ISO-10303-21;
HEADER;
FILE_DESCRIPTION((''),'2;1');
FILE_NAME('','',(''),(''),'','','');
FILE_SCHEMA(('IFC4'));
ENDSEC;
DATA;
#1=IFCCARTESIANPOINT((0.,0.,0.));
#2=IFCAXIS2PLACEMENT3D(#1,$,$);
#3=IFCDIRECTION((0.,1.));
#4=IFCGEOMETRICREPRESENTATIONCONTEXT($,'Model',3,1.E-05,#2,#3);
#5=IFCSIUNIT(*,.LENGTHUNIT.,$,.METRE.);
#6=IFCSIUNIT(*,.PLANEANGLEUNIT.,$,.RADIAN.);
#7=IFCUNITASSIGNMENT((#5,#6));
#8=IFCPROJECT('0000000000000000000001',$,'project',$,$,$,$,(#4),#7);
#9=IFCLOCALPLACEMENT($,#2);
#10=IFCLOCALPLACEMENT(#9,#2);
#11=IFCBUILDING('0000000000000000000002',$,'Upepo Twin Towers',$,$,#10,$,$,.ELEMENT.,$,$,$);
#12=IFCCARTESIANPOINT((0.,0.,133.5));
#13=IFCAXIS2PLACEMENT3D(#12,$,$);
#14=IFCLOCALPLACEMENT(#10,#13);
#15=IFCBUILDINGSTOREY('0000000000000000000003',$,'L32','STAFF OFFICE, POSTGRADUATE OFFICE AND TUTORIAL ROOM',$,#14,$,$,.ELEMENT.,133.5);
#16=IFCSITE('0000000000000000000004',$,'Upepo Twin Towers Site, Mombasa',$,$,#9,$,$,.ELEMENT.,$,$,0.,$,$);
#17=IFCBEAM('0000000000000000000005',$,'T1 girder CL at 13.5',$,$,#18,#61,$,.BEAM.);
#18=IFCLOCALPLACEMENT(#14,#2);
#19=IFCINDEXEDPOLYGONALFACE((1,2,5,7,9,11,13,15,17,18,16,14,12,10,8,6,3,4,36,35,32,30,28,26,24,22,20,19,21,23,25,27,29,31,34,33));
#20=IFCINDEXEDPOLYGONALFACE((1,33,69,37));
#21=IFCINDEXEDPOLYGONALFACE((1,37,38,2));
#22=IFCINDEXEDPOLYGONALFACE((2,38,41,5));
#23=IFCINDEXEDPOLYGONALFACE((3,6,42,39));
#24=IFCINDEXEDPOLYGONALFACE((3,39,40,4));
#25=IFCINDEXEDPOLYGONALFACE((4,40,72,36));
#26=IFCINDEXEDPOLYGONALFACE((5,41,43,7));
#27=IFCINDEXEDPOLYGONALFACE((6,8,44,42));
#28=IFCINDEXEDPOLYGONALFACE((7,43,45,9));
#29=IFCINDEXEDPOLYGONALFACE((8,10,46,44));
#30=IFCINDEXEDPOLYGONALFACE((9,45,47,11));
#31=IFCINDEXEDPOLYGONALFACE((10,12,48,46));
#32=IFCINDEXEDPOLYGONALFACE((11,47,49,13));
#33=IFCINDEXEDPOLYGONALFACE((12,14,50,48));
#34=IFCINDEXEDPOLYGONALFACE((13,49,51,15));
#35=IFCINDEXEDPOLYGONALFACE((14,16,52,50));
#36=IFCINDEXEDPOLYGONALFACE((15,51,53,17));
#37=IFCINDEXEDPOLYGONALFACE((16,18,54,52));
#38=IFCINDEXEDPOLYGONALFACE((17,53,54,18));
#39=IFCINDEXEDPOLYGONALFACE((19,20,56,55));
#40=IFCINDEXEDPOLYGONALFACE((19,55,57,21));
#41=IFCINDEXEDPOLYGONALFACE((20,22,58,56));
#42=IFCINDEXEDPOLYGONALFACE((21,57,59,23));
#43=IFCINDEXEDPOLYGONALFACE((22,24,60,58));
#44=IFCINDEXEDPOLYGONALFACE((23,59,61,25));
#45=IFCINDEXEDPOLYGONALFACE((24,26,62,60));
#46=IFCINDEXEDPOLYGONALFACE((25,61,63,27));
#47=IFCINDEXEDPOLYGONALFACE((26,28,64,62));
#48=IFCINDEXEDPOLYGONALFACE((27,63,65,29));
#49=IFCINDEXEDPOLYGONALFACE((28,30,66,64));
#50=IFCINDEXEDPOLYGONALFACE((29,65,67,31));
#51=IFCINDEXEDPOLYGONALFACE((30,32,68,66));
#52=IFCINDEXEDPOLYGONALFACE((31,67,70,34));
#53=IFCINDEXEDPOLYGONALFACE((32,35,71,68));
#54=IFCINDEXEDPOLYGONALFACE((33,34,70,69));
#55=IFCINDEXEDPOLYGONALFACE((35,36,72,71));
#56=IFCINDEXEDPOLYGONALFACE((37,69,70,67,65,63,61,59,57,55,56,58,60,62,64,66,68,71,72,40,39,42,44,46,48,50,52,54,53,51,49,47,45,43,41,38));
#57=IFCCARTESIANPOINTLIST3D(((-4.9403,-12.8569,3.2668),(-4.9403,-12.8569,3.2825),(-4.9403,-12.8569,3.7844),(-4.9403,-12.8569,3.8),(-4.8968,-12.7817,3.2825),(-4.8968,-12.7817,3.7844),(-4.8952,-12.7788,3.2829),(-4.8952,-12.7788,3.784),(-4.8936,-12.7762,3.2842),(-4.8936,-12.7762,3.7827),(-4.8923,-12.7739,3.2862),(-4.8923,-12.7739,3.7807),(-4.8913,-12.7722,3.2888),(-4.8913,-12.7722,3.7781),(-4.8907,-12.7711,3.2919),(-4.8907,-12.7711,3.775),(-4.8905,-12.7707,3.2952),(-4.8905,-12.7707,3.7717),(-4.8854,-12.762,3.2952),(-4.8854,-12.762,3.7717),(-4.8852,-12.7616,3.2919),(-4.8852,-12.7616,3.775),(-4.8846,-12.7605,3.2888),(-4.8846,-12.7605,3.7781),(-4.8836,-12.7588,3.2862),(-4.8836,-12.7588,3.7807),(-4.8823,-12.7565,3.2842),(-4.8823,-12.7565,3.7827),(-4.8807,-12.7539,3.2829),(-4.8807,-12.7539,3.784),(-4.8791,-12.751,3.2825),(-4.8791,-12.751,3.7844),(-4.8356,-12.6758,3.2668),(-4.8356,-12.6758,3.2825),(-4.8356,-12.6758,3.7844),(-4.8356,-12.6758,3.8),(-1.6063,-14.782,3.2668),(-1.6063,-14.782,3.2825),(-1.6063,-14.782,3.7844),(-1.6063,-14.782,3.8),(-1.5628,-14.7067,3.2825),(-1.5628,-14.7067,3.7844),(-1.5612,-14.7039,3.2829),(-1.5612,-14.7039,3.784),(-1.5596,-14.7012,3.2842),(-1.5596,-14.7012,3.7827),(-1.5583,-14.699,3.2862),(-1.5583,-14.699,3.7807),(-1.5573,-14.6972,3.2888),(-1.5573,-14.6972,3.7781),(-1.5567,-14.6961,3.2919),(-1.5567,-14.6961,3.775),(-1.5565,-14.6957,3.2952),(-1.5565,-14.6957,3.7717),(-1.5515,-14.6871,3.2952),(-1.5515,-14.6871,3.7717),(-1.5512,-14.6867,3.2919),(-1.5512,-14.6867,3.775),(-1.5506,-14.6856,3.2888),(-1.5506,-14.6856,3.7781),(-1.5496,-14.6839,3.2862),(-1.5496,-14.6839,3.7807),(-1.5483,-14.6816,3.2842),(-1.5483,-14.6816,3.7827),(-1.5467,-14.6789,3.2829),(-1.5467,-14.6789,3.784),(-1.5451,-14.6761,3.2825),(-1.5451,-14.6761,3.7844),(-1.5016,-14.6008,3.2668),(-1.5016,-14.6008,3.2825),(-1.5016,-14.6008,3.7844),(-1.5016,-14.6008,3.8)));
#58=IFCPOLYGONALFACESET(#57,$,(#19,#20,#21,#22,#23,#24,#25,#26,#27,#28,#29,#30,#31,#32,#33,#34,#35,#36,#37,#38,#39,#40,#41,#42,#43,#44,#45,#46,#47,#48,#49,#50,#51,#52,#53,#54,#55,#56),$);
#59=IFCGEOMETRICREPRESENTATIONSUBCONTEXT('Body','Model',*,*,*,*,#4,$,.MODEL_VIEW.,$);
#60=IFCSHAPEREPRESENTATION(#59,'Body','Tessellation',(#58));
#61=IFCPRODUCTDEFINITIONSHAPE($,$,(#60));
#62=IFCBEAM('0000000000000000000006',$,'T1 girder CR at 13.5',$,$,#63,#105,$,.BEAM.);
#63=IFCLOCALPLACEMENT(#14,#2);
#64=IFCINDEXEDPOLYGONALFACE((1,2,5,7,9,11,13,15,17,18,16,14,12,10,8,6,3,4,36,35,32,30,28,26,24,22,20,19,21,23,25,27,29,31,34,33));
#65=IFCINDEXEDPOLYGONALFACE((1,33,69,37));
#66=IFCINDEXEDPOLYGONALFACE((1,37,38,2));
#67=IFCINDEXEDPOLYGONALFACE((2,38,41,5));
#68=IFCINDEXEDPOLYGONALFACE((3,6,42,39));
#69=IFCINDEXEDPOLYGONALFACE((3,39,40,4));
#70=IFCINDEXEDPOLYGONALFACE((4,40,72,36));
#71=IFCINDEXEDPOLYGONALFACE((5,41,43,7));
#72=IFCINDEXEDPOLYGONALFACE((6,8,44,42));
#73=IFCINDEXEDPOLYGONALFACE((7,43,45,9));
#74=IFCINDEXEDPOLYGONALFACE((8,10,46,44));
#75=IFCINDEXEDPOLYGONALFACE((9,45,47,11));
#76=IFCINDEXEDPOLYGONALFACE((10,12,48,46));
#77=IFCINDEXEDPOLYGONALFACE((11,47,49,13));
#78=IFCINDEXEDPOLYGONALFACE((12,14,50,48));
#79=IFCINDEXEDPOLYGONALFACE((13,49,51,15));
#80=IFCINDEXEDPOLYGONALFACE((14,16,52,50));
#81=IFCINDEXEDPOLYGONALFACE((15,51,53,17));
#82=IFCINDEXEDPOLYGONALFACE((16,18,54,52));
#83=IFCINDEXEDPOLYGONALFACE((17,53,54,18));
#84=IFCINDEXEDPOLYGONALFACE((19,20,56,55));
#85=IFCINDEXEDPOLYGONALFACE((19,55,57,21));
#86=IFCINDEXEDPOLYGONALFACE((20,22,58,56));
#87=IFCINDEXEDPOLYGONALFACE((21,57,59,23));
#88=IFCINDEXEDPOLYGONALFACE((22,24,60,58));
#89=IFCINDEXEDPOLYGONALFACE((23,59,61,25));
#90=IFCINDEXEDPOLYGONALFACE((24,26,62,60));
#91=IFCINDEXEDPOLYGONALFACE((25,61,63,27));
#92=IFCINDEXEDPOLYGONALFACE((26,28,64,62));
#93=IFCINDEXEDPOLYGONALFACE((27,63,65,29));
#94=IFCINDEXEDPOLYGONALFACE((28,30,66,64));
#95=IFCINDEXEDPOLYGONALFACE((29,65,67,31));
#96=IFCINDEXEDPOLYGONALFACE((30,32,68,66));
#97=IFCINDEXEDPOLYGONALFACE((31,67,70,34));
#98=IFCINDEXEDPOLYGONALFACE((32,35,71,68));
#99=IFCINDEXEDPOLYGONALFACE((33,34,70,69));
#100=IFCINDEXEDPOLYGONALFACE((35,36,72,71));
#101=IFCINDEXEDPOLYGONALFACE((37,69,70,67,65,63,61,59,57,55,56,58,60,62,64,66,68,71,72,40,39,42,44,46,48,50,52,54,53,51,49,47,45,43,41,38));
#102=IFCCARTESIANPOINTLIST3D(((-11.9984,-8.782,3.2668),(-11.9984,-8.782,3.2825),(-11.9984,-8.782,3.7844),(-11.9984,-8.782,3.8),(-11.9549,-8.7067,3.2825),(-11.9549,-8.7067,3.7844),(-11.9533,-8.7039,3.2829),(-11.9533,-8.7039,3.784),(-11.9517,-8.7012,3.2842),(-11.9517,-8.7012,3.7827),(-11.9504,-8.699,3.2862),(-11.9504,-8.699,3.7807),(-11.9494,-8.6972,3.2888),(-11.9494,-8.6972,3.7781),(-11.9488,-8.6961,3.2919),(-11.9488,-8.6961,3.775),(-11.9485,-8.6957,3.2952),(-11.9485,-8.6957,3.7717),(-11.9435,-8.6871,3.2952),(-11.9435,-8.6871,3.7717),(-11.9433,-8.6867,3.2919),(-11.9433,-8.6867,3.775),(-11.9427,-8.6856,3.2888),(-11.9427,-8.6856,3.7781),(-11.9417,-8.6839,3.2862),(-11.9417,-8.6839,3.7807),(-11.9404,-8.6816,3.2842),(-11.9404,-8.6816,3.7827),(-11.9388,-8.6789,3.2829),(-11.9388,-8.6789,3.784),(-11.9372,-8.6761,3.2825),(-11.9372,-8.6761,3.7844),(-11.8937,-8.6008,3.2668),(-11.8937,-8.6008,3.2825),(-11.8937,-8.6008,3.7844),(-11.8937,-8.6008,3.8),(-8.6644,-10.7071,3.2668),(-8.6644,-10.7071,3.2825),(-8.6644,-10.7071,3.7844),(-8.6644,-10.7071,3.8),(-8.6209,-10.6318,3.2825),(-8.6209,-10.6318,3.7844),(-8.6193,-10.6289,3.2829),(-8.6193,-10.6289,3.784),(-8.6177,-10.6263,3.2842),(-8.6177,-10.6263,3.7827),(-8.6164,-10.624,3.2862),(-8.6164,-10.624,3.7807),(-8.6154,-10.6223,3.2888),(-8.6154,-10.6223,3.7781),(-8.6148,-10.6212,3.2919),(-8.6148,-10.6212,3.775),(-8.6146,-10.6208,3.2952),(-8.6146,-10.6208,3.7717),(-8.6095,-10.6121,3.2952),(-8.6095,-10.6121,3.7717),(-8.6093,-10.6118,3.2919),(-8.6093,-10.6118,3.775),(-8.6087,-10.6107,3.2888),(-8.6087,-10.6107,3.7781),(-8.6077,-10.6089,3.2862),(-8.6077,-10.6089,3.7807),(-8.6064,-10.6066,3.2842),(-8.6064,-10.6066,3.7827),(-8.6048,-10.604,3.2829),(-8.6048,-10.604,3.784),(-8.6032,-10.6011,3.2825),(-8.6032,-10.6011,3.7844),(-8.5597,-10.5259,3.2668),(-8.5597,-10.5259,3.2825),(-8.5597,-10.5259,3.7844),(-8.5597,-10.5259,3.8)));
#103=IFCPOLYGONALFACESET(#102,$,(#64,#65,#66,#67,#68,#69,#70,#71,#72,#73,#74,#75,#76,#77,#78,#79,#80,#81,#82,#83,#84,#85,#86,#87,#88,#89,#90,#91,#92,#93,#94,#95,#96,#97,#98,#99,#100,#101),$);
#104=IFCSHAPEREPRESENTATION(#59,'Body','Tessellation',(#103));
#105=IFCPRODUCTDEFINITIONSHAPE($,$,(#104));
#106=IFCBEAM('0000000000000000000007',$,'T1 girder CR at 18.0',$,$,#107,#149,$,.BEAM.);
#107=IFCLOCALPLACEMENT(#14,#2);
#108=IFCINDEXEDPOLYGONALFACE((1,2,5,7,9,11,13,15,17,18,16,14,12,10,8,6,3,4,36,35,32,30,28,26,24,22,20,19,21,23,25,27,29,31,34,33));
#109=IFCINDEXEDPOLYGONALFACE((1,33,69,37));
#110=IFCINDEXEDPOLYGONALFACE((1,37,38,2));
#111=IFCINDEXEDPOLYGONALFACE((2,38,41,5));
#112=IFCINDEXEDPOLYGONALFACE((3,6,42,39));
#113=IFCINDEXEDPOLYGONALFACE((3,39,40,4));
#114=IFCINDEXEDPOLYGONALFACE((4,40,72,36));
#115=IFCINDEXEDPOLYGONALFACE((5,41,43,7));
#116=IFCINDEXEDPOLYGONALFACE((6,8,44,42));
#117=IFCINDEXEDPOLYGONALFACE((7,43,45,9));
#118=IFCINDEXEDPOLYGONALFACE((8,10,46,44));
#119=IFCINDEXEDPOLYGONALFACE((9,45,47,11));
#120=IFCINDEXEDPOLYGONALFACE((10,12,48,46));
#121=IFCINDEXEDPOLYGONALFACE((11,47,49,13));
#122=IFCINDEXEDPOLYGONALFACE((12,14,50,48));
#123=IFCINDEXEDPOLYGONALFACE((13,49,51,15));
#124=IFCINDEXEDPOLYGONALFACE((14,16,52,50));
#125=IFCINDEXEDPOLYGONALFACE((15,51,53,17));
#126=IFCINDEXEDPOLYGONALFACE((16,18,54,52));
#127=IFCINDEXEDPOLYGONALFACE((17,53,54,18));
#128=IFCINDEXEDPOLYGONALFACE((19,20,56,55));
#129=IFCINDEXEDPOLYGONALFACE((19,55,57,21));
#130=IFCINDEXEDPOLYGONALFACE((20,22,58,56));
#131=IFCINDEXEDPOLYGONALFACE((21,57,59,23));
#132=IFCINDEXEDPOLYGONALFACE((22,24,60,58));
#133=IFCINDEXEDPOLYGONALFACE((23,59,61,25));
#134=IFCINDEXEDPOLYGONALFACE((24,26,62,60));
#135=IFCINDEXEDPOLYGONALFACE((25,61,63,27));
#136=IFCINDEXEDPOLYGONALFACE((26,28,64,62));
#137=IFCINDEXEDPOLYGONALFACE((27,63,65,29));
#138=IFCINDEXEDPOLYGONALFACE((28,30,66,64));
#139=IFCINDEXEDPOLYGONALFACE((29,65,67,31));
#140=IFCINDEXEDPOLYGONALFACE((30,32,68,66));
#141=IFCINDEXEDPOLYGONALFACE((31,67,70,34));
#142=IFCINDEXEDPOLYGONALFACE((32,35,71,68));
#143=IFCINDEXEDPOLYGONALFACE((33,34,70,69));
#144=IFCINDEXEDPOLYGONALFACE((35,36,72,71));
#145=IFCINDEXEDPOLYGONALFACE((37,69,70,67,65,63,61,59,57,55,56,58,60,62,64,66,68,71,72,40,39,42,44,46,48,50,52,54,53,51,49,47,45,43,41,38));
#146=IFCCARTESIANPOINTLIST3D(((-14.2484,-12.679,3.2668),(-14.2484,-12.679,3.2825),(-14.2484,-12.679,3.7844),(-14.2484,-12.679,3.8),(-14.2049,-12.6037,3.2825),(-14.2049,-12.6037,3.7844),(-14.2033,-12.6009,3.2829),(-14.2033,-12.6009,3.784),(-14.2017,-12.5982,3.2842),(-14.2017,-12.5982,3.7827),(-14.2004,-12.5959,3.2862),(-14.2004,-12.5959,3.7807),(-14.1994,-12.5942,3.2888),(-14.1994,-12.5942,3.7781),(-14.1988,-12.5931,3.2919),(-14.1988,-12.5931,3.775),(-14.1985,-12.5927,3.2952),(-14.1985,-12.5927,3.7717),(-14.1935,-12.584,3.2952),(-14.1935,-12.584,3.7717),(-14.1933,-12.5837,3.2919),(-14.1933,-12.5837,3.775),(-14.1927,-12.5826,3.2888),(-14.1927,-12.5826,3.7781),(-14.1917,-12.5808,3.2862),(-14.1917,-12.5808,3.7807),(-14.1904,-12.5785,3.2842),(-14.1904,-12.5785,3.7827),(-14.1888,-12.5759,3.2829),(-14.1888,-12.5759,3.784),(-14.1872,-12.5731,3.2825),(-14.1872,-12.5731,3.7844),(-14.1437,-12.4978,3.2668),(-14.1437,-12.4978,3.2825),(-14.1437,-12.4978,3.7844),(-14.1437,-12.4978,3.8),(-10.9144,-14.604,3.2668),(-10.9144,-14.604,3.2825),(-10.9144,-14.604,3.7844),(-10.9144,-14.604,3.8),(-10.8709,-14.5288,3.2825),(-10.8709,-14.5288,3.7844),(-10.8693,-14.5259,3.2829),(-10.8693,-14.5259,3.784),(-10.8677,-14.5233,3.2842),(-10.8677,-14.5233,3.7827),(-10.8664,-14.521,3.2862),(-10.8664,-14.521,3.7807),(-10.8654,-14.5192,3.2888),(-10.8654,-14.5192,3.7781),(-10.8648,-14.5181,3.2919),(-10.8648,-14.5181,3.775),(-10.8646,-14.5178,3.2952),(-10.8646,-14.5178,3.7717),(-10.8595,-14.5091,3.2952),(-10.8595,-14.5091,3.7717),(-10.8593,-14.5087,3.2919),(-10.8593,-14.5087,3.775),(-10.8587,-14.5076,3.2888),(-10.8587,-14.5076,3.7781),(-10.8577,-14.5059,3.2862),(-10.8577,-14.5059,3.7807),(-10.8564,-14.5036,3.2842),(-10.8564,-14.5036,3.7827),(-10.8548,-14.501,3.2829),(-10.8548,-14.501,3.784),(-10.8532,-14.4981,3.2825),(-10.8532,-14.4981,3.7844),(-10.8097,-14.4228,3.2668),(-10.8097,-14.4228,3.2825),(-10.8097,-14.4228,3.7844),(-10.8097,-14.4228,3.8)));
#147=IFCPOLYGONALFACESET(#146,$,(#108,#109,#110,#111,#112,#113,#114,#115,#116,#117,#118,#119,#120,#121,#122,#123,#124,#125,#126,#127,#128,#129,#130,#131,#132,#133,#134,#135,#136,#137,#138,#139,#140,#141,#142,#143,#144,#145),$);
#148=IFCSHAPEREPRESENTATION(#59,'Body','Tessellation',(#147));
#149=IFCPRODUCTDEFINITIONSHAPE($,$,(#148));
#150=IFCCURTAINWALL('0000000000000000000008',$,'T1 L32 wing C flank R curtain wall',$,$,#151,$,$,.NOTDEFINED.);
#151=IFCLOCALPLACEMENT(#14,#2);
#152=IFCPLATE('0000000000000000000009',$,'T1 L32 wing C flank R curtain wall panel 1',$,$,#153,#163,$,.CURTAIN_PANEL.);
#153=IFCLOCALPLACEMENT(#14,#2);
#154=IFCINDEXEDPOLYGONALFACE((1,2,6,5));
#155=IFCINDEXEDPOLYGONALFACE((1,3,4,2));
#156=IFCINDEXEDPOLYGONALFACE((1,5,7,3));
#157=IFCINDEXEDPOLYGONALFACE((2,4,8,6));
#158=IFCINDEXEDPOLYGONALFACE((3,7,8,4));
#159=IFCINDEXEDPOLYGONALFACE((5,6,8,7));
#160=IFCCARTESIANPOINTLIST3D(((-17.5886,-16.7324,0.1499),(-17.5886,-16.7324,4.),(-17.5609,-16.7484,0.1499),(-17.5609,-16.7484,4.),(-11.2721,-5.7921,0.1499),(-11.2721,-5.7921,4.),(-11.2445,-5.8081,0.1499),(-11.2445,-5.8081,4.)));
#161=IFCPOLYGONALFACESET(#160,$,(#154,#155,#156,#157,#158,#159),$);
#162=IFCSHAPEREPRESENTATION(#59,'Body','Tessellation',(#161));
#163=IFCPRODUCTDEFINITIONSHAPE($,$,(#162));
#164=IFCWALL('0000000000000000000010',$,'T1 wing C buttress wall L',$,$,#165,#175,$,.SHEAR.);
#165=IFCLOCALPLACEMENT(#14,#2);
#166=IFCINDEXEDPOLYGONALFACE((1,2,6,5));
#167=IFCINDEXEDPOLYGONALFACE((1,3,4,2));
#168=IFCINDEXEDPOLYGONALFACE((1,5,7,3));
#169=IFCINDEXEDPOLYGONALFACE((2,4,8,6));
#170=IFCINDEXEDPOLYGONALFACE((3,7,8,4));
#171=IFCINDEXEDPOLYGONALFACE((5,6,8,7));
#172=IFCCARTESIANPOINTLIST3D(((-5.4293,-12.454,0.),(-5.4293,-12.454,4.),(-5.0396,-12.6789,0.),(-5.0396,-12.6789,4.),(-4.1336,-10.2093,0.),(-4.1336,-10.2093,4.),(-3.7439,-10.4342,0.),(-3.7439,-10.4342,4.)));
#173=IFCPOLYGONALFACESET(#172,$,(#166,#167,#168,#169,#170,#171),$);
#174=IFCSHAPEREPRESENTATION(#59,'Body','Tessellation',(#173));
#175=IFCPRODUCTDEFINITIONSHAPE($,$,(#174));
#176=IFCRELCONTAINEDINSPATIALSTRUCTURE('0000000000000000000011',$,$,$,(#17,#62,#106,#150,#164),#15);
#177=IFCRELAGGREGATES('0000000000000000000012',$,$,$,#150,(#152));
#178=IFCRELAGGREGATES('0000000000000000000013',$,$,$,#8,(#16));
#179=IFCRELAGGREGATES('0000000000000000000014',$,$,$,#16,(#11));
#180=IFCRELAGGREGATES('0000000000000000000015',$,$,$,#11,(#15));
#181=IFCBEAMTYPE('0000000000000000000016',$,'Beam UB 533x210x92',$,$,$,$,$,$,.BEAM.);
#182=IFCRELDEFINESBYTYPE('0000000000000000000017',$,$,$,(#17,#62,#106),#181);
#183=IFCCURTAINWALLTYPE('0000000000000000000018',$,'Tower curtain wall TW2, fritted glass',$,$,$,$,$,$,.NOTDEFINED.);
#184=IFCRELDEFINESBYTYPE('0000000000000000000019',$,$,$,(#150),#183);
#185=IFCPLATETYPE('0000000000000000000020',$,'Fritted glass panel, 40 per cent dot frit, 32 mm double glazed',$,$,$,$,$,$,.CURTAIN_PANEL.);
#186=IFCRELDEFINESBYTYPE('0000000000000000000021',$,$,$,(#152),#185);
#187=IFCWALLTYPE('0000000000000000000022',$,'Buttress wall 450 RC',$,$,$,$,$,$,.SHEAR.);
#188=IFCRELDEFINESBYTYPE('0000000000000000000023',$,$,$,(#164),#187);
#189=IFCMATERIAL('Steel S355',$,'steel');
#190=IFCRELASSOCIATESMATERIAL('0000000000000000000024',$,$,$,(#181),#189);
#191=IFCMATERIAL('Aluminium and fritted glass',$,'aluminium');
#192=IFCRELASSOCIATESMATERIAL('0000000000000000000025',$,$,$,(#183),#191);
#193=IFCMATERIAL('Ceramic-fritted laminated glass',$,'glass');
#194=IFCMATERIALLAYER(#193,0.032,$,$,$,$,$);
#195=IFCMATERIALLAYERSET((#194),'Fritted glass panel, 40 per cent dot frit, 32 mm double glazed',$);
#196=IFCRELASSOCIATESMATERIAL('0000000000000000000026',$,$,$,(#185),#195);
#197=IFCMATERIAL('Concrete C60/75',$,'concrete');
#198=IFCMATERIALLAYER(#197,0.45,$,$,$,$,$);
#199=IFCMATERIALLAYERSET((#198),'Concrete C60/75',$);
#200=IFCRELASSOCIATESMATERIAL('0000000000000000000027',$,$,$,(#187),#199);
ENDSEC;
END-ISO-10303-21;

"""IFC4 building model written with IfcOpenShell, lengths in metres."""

from ifc_helpers import new_model, si_unit, direction, frame, frame_2d, origin, origin_2d, place, context, subcontext, project, spatial, rectangle, i_section, extrude, material, layer, layer_set, material_profile, profile_set, type_object, element, aggregate, save


model = new_model("IFC4")

# Units and contexts
model_context = context("Model", 3, precision=1e-05, world=origin(), true_north=direction((0.0, 1.0)))
body_context = subcontext(model_context, "Body", "Model", "MODEL_VIEW")
ifc_project = project(units=[si_unit("LENGTHUNIT", "METRE"), si_unit("PLANEANGLEUNIT", "RADIAN")], contexts=[model_context])

# Site, building, storey
site_placement = place(None, origin())
site = spatial("IfcSite", under=ifc_project, at=site_placement, Name="Upepo Twin Towers Site, Mombasa", CompositionType="ELEMENT", RefElevation=0.0)
building_placement = place(site_placement, origin())
building = spatial("IfcBuilding", under=site, at=building_placement, Name="Upepo Twin Towers", CompositionType="ELEMENT")
storey_placement = place(building_placement, frame((0.0, 0.0, 133.5)))
storey = spatial("IfcBuildingStorey", under=building, at=storey_placement, Name="L32", Description="STAFF OFFICE, POSTGRADUATE OFFICE AND TUTORIAL ROOM", CompositionType="ELEMENT", Elevation=133.5)

# Beams
ifc_material_1 = material(Name="Steel S355", Category="steel")
ifc_material_profile_1 = material_profile(ifc_material_1, i_section(OverallWidth=0.2092, OverallDepth=0.5332, WebThickness=0.01, FlangeThickness=0.0156, FilletRadius=0.0127, at=origin_2d()), Name="UB 533x210x92")
ifc_profile_set_1 = profile_set([ifc_material_profile_1], Name="Steel S355")
beam_type_1 = type_object("IfcBeamType", Name="Beam UB 533x210x92", PredefinedType="BEAM", material=ifc_profile_set_1)
for number, where, z_axis, x_axis, name in (
    (1, (-1.554, -14.6914, 3.5334), (-0.866006, 0.500034, 0.0), (-0.500034, -0.866006, 0.0), "T1 girder CL at 13.5"),
    (2, (-11.946, -8.6914, 3.5334), (0.866006, -0.500034, 0.0), (0.500034, 0.866006, 0.0), "T1 girder CR at 13.5"),
    (3, (-14.196, -12.5884, 3.5334), (0.866006, -0.500034, 0.0), (0.500034, 0.866006, 0.0), "T1 girder CR at 18.0"),
):
    element("IfcBeam", number, at=place(storey_placement, frame(where, z_axis=z_axis, x_axis=x_axis)), inside=storey, type_object=beam_type_1, Name=name, PredefinedType="BEAM", context=body_context, shape_type="SweptSolid", body=[
        extrude(i_section(OverallWidth=0.2092, OverallDepth=0.5332, WebThickness=0.01, FlangeThickness=0.0156, FilletRadius=0.0127, at=origin_2d()), origin(), (0.0, 0.0, 1.0), 3.8499),
    ])

# Curtain wall, plate
ifc_material_2 = material(Name="Aluminium and fritted glass", Category="aluminium")
curtain_wall_type = type_object("IfcCurtainWallType", Name="Tower curtain wall TW2, fritted glass", PredefinedType="NOTDEFINED", material=ifc_material_2)
curtain_wall_placement = place(storey_placement, origin())
curtain_wall = element("IfcCurtainWall", 4, at=curtain_wall_placement, inside=storey, type_object=curtain_wall_type, Name="T1 L32 wing C flank R curtain wall", PredefinedType="NOTDEFINED")
ifc_material_3 = material(Name="Ceramic-fritted laminated glass", Category="glass")
ifc_layer_1 = layer(ifc_material_3, 0.032)
ifc_layer_set_1 = layer_set([ifc_layer_1], Name="Fritted glass panel, 40 per cent dot frit, 32 mm double glazed")
plate_type = type_object("IfcPlateType", Name="Fritted glass panel, 40 per cent dot frit, 32 mm double glazed", PredefinedType="CURTAIN_PANEL", material=ifc_layer_set_1)
plate_placement = place(storey_placement, frame((-14.4165, -11.2703, 0.1499), z_axis=(0.0, 0.0, 1.0), x_axis=(0.5, 0.866025, 0.0)))
plate = element("IfcPlate", 5, at=plate_placement, type_object=plate_type, Name="T1 L32 wing C flank R curtain wall panel 1", PredefinedType="CURTAIN_PANEL", context=body_context, shape_type="SweptSolid", body=[
    extrude(rectangle(XDim=12.6328, YDim=0.032, at=origin_2d()), origin(), (0.0, 0.0, 1.0), 3.8501),
])
aggregate(curtain_wall, [plate])

# Wall
ifc_material_4 = material(Name="Concrete C60/75", Category="concrete")
ifc_layer_2 = layer(ifc_material_4, 0.45)
ifc_layer_set_2 = layer_set([ifc_layer_2], Name="Concrete C60/75")
wall_type_1 = type_object("IfcWallType", Name="Buttress wall 450 RC", PredefinedType="SHEAR", material=ifc_layer_set_2)
wall_1_placement = place(storey_placement, frame((-3.9387, -10.3218, 0.0), z_axis=(0.0, 0.0, 1.0), x_axis=(-0.499918, -0.866073, 0.0)))
element("IfcWall", 6, at=wall_1_placement, inside=storey, type_object=wall_type_1, Name="T1 wing C buttress wall L", PredefinedType="SHEAR", context=body_context, shape_type="SweptSolid", body=[
    extrude(rectangle(XDim=2.5918, YDim=0.45, at=frame_2d((1.2959, 0.0))), origin(), (0.0, 0.0, 1.0), 4.0),
])

save(model, "model.ifc")
